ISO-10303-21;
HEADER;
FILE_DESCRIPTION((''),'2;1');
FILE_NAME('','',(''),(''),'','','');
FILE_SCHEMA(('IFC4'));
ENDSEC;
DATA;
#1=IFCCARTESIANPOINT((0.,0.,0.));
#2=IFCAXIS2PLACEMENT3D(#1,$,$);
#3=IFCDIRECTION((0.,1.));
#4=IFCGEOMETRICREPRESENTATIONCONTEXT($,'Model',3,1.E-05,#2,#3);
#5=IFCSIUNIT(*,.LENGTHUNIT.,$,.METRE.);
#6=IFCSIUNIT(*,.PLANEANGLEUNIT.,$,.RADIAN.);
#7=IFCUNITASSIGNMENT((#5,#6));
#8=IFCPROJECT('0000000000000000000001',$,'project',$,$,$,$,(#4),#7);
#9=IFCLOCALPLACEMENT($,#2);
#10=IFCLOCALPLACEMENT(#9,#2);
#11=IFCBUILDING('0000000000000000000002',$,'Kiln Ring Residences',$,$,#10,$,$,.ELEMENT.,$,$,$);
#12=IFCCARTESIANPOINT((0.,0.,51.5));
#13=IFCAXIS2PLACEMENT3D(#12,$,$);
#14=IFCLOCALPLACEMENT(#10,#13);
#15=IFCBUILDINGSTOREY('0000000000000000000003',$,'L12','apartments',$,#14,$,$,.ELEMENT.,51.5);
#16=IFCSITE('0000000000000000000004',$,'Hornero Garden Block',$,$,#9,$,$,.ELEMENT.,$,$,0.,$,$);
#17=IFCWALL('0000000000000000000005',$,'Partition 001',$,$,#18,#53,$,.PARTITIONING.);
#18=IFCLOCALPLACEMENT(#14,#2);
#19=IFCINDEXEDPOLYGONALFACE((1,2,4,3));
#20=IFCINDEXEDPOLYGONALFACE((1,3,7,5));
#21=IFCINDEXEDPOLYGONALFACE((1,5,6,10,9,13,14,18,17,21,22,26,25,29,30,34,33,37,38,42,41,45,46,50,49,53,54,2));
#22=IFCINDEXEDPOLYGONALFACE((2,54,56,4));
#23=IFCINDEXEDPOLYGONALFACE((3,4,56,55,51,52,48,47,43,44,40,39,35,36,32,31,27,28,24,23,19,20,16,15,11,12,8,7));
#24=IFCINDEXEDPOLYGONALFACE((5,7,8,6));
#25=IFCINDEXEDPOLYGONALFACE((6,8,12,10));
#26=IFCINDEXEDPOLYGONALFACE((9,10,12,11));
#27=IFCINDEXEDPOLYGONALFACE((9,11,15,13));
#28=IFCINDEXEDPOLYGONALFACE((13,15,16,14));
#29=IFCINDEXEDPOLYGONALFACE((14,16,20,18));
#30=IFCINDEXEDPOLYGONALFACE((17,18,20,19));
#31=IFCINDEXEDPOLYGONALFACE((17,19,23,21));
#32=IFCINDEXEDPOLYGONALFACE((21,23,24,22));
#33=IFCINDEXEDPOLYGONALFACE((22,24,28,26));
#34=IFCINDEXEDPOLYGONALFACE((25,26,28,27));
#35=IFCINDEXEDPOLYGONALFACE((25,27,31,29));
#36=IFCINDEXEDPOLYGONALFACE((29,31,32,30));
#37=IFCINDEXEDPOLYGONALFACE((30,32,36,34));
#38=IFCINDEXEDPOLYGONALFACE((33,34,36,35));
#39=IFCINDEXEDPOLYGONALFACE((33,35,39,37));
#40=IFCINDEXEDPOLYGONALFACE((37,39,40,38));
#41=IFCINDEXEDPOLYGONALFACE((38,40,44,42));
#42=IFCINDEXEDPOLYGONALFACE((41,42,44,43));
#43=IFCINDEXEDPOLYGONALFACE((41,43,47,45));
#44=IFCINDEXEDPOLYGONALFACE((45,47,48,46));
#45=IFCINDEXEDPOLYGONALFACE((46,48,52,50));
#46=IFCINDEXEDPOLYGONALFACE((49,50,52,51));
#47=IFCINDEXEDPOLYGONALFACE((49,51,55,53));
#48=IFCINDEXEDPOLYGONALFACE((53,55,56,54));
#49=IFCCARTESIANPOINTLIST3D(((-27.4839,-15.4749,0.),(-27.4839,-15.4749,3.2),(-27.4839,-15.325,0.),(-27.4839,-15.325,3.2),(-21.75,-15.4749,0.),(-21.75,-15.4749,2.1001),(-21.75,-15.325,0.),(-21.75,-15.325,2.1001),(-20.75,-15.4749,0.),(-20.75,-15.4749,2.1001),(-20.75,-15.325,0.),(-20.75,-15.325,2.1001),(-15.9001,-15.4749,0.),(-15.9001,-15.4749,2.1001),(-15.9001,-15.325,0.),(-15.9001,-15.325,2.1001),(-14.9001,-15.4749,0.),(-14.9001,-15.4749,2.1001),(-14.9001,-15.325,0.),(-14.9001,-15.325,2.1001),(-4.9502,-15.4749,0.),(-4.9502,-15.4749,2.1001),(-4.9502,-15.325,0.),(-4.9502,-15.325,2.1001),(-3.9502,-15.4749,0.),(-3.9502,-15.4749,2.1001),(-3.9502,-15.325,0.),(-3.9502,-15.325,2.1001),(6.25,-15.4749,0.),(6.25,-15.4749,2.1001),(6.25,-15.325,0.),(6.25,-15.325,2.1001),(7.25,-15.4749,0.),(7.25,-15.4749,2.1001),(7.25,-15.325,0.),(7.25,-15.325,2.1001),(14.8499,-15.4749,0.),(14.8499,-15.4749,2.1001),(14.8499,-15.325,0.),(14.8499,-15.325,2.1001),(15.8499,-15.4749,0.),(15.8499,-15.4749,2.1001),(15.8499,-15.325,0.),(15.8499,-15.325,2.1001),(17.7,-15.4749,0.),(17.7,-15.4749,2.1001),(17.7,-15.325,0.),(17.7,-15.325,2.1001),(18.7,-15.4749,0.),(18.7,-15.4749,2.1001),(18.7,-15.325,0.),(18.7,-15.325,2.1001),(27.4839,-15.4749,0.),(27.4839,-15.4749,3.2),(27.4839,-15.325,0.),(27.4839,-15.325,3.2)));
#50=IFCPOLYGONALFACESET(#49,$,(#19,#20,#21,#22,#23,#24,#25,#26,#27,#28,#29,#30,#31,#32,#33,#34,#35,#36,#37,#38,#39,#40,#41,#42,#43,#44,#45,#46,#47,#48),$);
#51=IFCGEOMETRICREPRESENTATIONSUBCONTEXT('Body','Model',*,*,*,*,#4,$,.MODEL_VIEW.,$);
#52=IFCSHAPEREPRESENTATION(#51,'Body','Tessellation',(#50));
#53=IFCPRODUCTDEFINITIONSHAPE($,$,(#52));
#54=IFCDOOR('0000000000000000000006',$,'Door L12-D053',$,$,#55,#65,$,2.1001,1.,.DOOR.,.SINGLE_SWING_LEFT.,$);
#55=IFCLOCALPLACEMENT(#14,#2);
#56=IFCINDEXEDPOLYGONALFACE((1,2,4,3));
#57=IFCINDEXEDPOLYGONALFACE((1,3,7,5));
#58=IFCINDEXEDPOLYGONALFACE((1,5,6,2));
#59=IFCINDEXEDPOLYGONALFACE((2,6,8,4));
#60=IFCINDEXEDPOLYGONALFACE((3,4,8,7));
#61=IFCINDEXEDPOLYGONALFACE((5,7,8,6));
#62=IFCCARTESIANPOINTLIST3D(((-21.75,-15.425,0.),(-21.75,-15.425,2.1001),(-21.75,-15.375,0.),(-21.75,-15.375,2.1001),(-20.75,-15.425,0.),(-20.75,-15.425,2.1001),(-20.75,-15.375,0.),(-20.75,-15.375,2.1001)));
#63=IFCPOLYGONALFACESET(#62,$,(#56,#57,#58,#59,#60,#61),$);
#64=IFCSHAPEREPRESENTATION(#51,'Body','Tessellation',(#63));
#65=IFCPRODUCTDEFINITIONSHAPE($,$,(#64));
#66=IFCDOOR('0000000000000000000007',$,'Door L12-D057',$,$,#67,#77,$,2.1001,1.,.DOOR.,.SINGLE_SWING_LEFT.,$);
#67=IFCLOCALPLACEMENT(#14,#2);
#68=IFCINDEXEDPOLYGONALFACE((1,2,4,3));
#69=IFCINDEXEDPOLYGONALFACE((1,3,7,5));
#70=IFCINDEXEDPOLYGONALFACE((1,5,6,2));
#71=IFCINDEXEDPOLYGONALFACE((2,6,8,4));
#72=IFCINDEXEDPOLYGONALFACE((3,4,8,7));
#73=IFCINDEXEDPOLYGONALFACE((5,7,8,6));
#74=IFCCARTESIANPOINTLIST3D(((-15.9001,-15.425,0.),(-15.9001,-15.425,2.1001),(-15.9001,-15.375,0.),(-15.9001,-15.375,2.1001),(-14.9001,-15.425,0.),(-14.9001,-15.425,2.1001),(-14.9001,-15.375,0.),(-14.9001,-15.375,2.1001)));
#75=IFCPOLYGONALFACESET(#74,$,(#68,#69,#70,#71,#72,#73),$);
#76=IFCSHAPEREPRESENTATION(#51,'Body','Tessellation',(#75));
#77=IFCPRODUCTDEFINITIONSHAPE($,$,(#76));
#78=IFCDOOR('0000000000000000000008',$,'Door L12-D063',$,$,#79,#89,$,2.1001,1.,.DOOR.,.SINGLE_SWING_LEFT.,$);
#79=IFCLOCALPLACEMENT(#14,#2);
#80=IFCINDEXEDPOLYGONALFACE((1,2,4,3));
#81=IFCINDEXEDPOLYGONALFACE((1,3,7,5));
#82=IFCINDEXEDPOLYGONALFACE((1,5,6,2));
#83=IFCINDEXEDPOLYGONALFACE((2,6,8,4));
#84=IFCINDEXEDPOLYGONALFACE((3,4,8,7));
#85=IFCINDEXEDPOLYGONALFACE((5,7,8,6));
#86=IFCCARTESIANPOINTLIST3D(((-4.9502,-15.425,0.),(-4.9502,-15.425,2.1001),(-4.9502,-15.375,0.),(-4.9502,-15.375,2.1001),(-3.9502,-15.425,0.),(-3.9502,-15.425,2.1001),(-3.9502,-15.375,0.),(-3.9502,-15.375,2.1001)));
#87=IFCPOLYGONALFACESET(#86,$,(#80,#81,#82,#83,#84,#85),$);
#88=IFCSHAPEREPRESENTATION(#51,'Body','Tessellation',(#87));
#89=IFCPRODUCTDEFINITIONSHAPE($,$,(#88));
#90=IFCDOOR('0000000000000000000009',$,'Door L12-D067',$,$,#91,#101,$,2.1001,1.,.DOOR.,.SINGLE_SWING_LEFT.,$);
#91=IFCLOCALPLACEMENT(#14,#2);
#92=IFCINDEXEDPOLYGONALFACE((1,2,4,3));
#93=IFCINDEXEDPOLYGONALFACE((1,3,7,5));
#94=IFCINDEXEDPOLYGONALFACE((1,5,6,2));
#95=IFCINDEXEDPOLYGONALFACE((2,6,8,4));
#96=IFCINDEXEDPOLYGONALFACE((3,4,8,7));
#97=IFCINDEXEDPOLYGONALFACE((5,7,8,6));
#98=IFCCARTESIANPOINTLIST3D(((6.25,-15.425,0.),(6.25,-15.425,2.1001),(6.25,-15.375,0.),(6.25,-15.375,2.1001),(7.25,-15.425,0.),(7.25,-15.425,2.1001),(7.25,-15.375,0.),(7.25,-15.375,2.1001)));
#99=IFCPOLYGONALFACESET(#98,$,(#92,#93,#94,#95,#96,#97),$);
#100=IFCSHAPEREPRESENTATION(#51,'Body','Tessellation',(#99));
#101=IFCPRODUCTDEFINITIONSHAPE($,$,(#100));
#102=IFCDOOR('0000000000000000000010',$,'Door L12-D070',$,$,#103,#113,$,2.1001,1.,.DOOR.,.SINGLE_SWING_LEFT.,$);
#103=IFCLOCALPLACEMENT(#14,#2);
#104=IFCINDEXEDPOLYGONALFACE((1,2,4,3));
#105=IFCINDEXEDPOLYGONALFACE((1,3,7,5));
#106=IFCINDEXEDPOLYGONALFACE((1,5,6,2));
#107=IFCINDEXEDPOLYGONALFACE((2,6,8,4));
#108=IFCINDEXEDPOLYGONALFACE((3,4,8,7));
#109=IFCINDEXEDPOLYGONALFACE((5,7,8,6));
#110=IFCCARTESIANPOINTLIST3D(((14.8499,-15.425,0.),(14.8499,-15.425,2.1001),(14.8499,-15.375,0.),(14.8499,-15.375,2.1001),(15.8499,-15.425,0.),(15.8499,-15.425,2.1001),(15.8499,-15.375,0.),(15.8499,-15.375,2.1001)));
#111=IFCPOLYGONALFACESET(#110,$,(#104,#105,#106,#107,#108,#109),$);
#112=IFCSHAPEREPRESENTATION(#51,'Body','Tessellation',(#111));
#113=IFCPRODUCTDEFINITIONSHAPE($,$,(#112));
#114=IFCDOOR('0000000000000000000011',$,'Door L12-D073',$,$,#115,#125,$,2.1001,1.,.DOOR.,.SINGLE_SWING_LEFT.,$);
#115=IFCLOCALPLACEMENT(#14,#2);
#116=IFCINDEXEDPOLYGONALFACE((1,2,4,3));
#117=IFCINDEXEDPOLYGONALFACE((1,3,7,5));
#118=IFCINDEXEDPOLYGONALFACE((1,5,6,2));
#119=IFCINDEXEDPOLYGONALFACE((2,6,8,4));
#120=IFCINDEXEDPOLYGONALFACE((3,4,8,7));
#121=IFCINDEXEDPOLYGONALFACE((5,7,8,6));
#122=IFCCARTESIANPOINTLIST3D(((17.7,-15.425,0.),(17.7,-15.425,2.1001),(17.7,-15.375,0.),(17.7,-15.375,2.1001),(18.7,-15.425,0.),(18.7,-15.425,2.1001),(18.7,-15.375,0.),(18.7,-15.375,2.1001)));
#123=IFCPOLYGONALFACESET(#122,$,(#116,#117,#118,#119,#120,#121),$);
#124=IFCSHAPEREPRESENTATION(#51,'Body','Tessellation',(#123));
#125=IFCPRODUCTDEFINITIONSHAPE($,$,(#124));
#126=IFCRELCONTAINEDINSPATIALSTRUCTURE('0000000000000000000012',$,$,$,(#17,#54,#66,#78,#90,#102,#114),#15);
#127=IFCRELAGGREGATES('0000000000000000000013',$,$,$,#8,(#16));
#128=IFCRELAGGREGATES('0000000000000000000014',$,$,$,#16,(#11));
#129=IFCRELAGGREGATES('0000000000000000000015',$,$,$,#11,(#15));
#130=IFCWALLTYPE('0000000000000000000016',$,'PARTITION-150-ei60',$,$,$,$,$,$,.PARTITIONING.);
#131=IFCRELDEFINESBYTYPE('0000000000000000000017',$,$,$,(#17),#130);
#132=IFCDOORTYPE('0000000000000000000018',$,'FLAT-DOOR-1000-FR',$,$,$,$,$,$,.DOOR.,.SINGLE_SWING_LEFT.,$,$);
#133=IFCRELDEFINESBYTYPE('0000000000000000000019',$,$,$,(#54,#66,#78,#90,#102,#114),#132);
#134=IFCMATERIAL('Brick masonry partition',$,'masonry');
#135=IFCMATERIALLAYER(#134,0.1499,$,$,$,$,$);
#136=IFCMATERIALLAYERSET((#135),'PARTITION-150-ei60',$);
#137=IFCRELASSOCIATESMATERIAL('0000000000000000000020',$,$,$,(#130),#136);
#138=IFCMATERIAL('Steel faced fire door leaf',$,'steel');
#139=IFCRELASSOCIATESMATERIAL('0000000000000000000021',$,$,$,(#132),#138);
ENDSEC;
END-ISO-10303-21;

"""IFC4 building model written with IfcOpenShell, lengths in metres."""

from ifc_helpers import new_model, si_unit, direction, frame, frame_2d, origin, place, context, subcontext, project, spatial, rectangle, extrude, material, layer, layer_set, type_object, element, fill, save


model = new_model("IFC4")

# Units and contexts
model_context = context("Model", 3, precision=1e-05, world=origin(), true_north=direction((0.0, 1.0)))
body_context = subcontext(model_context, "Body", "Model", "MODEL_VIEW")
ifc_project = project(units=[si_unit("LENGTHUNIT", "METRE"), si_unit("PLANEANGLEUNIT", "RADIAN")], contexts=[model_context])

# Site, building, storey
site_placement = place(None, origin())
site = spatial("IfcSite", under=ifc_project, at=site_placement, Name="Hornero Garden Block", CompositionType="ELEMENT", RefElevation=0.0)
building_placement = place(site_placement, origin())
building = spatial("IfcBuilding", under=site, at=building_placement, Name="Kiln Ring Residences", CompositionType="ELEMENT")
storey_placement = place(building_placement, frame((0.0, 0.0, 51.5)))
storey = spatial("IfcBuildingStorey", under=building, at=storey_placement, Name="L12", Description="apartments", CompositionType="ELEMENT", Elevation=51.5)

# Wall, openings, doors
ifc_material_1 = material(Name="Brick masonry partition", Category="masonry")
ifc_layer_1 = layer(ifc_material_1, 0.1499)
ifc_layer_set_1 = layer_set([ifc_layer_1], Name="PARTITION-150-ei60")
wall_type_1 = type_object("IfcWallType", Name="PARTITION-150-ei60", PredefinedType="PARTITIONING", material=ifc_layer_set_1)
wall_1_placement = place(storey_placement, frame((-27.4839, -15.3999, 0.0), z_axis=(0.0, 0.0, 1.0), x_axis=(1.0, 0.0, 0.0)))
wall_1 = element("IfcWall", 1, at=wall_1_placement, inside=storey, type_object=wall_type_1, Name="Partition 001", PredefinedType="PARTITIONING", context=body_context, shape_type="SweptSolid", body=[
    extrude(rectangle(XDim=54.9678, YDim=0.1499, at=frame_2d((27.4839, 0.0))), origin(), (0.0, 0.0, 1.0), 3.2),
])
opening_1_placement = place(wall_1_placement, frame((5.7339, 0.0, 0.0)))
opening_1 = element("IfcOpeningElement", 2, at=opening_1_placement, cuts=wall_1, PredefinedType="OPENING", context=body_context, shape_type="SweptSolid", body=[
    extrude(rectangle(XDim=1.0, YDim=2.1001, at=frame_2d((0.5, 1.05))), frame((0.0, 0.085, 0.0), z_axis=(0.0, -1.0, 0.0), x_axis=(1.0, 0.0, 0.0)), (0.0, 0.0, 1.0), 0.1699),
])
opening_2_placement = place(wall_1_placement, frame((11.5837, 0.0, 0.0)))
opening_2 = element("IfcOpeningElement", 3, at=opening_2_placement, cuts=wall_1, PredefinedType="OPENING", context=body_context, shape_type="SweptSolid", body=[
    extrude(rectangle(XDim=1.0, YDim=2.1001, at=frame_2d((0.5, 1.05))), frame((0.0, 0.085, 0.0), z_axis=(0.0, -1.0, 0.0), x_axis=(1.0, 0.0, 0.0)), (0.0, 0.0, 1.0), 0.1699),
])
opening_3_placement = place(wall_1_placement, frame((22.5337, 0.0, 0.0)))
opening_3 = element("IfcOpeningElement", 4, at=opening_3_placement, cuts=wall_1, PredefinedType="OPENING", context=body_context, shape_type="SweptSolid", body=[
    extrude(rectangle(XDim=1.0, YDim=2.1001, at=frame_2d((0.5, 1.05))), frame((0.0, 0.085, 0.0), z_axis=(0.0, -1.0, 0.0), x_axis=(1.0, 0.0, 0.0)), (0.0, 0.0, 1.0), 0.1699),
])
opening_4_placement = place(wall_1_placement, frame((33.7339, 0.0, 0.0)))
opening_4 = element("IfcOpeningElement", 5, at=opening_4_placement, cuts=wall_1, PredefinedType="OPENING", context=body_context, shape_type="SweptSolid", body=[
    extrude(rectangle(XDim=1.0, YDim=2.1001, at=frame_2d((0.5, 1.05))), frame((0.0, 0.085, 0.0), z_axis=(0.0, -1.0, 0.0), x_axis=(1.0, 0.0, 0.0)), (0.0, 0.0, 1.0), 0.1699),
])
opening_5_placement = place(wall_1_placement, frame((42.3337, 0.0, 0.0)))
opening_5 = element("IfcOpeningElement", 6, at=opening_5_placement, cuts=wall_1, PredefinedType="OPENING", context=body_context, shape_type="SweptSolid", body=[
    extrude(rectangle(XDim=1.0, YDim=2.1001, at=frame_2d((0.5, 1.05))), frame((0.0, 0.085, 0.0), z_axis=(0.0, -1.0, 0.0), x_axis=(1.0, 0.0, 0.0)), (0.0, 0.0, 1.0), 0.1699),
])
opening_6_placement = place(wall_1_placement, frame((45.1838, 0.0, 0.0)))
opening_6 = element("IfcOpeningElement", 7, at=opening_6_placement, cuts=wall_1, PredefinedType="OPENING", context=body_context, shape_type="SweptSolid", body=[
    extrude(rectangle(XDim=1.0, YDim=2.1001, at=frame_2d((0.5, 1.05))), frame((0.0, 0.085, 0.0), z_axis=(0.0, -1.0, 0.0), x_axis=(1.0, 0.0, 0.0)), (0.0, 0.0, 1.0), 0.1699),
])
ifc_material_2 = material(Name="Steel faced fire door leaf", Category="steel")
door_type_1 = type_object("IfcDoorType", Name="FLAT-DOOR-1000-FR", OperationType="SINGLE_SWING_LEFT", PredefinedType="DOOR", material=ifc_material_2)
door_1_placement = place(opening_1_placement, origin())
door_1 = element("IfcDoor", 8, at=door_1_placement, inside=storey, type_object=door_type_1, Name="Door L12-D053", OperationType="SINGLE_SWING_LEFT", OverallHeight=2.1001, OverallWidth=1.0, PredefinedType="DOOR", context=body_context, shape_type="SweptSolid", body=[
    extrude(rectangle(XDim=1.0, YDim=2.1001, at=frame_2d((0.5, 1.05))), frame((0.0, 0.0249, 0.0), z_axis=(0.0, -1.0, 0.0), x_axis=(1.0, 0.0, 0.0)), (0.0, 0.0, 1.0), 0.05),
])
fill(opening_1, door_1)
door_2_placement = place(opening_2_placement, origin())
door_2 = element("IfcDoor", 9, at=door_2_placement, inside=storey, type_object=door_type_1, Name="Door L12-D057", OperationType="SINGLE_SWING_LEFT", OverallHeight=2.1001, OverallWidth=1.0, PredefinedType="DOOR", context=body_context, shape_type="SweptSolid", body=[
    extrude(rectangle(XDim=1.0, YDim=2.1001, at=frame_2d((0.5, 1.05))), frame((0.0, 0.0249, 0.0), z_axis=(0.0, -1.0, 0.0), x_axis=(1.0, 0.0, 0.0)), (0.0, 0.0, 1.0), 0.05),
])
fill(opening_2, door_2)
door_3_placement = place(opening_3_placement, origin())
door_3 = element("IfcDoor", 10, at=door_3_placement, inside=storey, type_object=door_type_1, Name="Door L12-D063", OperationType="SINGLE_SWING_LEFT", OverallHeight=2.1001, OverallWidth=1.0, PredefinedType="DOOR", context=body_context, shape_type="SweptSolid", body=[
    extrude(rectangle(XDim=1.0, YDim=2.1001, at=frame_2d((0.5, 1.05))), frame((0.0, 0.0249, 0.0), z_axis=(0.0, -1.0, 0.0), x_axis=(1.0, 0.0, 0.0)), (0.0, 0.0, 1.0), 0.05),
])
fill(opening_3, door_3)
door_4_placement = place(opening_4_placement, origin())
door_4 = element("IfcDoor", 11, at=door_4_placement, inside=storey, type_object=door_type_1, Name="Door L12-D067", OperationType="SINGLE_SWING_LEFT", OverallHeight=2.1001, OverallWidth=1.0, PredefinedType="DOOR", context=body_context, shape_type="SweptSolid", body=[
    extrude(rectangle(XDim=1.0, YDim=2.1001, at=frame_2d((0.5, 1.05))), frame((0.0, 0.0249, 0.0), z_axis=(0.0, -1.0, 0.0), x_axis=(1.0, 0.0, 0.0)), (0.0, 0.0, 1.0), 0.05),
])
fill(opening_4, door_4)
door_5_placement = place(opening_5_placement, origin())
door_5 = element("IfcDoor", 12, at=door_5_placement, inside=storey, type_object=door_type_1, Name="Door L12-D070", OperationType="SINGLE_SWING_LEFT", OverallHeight=2.1001, OverallWidth=1.0, PredefinedType="DOOR", context=body_context, shape_type="SweptSolid", body=[
    extrude(rectangle(XDim=1.0, YDim=2.1001, at=frame_2d((0.5, 1.05))), frame((0.0, 0.0249, 0.0), z_axis=(0.0, -1.0, 0.0), x_axis=(1.0, 0.0, 0.0)), (0.0, 0.0, 1.0), 0.05),
])
fill(opening_5, door_5)
door_6_placement = place(opening_6_placement, origin())
door_6 = element("IfcDoor", 13, at=door_6_placement, inside=storey, type_object=door_type_1, Name="Door L12-D073", OperationType="SINGLE_SWING_LEFT", OverallHeight=2.1001, OverallWidth=1.0, PredefinedType="DOOR", context=body_context, shape_type="SweptSolid", body=[
    extrude(rectangle(XDim=1.0, YDim=2.1001, at=frame_2d((0.5, 1.05))), frame((0.0, 0.0249, 0.0), z_axis=(0.0, -1.0, 0.0), x_axis=(1.0, 0.0, 0.0)), (0.0, 0.0, 1.0), 0.05),
])
fill(opening_6, door_6)

save(model, "model.ifc")
